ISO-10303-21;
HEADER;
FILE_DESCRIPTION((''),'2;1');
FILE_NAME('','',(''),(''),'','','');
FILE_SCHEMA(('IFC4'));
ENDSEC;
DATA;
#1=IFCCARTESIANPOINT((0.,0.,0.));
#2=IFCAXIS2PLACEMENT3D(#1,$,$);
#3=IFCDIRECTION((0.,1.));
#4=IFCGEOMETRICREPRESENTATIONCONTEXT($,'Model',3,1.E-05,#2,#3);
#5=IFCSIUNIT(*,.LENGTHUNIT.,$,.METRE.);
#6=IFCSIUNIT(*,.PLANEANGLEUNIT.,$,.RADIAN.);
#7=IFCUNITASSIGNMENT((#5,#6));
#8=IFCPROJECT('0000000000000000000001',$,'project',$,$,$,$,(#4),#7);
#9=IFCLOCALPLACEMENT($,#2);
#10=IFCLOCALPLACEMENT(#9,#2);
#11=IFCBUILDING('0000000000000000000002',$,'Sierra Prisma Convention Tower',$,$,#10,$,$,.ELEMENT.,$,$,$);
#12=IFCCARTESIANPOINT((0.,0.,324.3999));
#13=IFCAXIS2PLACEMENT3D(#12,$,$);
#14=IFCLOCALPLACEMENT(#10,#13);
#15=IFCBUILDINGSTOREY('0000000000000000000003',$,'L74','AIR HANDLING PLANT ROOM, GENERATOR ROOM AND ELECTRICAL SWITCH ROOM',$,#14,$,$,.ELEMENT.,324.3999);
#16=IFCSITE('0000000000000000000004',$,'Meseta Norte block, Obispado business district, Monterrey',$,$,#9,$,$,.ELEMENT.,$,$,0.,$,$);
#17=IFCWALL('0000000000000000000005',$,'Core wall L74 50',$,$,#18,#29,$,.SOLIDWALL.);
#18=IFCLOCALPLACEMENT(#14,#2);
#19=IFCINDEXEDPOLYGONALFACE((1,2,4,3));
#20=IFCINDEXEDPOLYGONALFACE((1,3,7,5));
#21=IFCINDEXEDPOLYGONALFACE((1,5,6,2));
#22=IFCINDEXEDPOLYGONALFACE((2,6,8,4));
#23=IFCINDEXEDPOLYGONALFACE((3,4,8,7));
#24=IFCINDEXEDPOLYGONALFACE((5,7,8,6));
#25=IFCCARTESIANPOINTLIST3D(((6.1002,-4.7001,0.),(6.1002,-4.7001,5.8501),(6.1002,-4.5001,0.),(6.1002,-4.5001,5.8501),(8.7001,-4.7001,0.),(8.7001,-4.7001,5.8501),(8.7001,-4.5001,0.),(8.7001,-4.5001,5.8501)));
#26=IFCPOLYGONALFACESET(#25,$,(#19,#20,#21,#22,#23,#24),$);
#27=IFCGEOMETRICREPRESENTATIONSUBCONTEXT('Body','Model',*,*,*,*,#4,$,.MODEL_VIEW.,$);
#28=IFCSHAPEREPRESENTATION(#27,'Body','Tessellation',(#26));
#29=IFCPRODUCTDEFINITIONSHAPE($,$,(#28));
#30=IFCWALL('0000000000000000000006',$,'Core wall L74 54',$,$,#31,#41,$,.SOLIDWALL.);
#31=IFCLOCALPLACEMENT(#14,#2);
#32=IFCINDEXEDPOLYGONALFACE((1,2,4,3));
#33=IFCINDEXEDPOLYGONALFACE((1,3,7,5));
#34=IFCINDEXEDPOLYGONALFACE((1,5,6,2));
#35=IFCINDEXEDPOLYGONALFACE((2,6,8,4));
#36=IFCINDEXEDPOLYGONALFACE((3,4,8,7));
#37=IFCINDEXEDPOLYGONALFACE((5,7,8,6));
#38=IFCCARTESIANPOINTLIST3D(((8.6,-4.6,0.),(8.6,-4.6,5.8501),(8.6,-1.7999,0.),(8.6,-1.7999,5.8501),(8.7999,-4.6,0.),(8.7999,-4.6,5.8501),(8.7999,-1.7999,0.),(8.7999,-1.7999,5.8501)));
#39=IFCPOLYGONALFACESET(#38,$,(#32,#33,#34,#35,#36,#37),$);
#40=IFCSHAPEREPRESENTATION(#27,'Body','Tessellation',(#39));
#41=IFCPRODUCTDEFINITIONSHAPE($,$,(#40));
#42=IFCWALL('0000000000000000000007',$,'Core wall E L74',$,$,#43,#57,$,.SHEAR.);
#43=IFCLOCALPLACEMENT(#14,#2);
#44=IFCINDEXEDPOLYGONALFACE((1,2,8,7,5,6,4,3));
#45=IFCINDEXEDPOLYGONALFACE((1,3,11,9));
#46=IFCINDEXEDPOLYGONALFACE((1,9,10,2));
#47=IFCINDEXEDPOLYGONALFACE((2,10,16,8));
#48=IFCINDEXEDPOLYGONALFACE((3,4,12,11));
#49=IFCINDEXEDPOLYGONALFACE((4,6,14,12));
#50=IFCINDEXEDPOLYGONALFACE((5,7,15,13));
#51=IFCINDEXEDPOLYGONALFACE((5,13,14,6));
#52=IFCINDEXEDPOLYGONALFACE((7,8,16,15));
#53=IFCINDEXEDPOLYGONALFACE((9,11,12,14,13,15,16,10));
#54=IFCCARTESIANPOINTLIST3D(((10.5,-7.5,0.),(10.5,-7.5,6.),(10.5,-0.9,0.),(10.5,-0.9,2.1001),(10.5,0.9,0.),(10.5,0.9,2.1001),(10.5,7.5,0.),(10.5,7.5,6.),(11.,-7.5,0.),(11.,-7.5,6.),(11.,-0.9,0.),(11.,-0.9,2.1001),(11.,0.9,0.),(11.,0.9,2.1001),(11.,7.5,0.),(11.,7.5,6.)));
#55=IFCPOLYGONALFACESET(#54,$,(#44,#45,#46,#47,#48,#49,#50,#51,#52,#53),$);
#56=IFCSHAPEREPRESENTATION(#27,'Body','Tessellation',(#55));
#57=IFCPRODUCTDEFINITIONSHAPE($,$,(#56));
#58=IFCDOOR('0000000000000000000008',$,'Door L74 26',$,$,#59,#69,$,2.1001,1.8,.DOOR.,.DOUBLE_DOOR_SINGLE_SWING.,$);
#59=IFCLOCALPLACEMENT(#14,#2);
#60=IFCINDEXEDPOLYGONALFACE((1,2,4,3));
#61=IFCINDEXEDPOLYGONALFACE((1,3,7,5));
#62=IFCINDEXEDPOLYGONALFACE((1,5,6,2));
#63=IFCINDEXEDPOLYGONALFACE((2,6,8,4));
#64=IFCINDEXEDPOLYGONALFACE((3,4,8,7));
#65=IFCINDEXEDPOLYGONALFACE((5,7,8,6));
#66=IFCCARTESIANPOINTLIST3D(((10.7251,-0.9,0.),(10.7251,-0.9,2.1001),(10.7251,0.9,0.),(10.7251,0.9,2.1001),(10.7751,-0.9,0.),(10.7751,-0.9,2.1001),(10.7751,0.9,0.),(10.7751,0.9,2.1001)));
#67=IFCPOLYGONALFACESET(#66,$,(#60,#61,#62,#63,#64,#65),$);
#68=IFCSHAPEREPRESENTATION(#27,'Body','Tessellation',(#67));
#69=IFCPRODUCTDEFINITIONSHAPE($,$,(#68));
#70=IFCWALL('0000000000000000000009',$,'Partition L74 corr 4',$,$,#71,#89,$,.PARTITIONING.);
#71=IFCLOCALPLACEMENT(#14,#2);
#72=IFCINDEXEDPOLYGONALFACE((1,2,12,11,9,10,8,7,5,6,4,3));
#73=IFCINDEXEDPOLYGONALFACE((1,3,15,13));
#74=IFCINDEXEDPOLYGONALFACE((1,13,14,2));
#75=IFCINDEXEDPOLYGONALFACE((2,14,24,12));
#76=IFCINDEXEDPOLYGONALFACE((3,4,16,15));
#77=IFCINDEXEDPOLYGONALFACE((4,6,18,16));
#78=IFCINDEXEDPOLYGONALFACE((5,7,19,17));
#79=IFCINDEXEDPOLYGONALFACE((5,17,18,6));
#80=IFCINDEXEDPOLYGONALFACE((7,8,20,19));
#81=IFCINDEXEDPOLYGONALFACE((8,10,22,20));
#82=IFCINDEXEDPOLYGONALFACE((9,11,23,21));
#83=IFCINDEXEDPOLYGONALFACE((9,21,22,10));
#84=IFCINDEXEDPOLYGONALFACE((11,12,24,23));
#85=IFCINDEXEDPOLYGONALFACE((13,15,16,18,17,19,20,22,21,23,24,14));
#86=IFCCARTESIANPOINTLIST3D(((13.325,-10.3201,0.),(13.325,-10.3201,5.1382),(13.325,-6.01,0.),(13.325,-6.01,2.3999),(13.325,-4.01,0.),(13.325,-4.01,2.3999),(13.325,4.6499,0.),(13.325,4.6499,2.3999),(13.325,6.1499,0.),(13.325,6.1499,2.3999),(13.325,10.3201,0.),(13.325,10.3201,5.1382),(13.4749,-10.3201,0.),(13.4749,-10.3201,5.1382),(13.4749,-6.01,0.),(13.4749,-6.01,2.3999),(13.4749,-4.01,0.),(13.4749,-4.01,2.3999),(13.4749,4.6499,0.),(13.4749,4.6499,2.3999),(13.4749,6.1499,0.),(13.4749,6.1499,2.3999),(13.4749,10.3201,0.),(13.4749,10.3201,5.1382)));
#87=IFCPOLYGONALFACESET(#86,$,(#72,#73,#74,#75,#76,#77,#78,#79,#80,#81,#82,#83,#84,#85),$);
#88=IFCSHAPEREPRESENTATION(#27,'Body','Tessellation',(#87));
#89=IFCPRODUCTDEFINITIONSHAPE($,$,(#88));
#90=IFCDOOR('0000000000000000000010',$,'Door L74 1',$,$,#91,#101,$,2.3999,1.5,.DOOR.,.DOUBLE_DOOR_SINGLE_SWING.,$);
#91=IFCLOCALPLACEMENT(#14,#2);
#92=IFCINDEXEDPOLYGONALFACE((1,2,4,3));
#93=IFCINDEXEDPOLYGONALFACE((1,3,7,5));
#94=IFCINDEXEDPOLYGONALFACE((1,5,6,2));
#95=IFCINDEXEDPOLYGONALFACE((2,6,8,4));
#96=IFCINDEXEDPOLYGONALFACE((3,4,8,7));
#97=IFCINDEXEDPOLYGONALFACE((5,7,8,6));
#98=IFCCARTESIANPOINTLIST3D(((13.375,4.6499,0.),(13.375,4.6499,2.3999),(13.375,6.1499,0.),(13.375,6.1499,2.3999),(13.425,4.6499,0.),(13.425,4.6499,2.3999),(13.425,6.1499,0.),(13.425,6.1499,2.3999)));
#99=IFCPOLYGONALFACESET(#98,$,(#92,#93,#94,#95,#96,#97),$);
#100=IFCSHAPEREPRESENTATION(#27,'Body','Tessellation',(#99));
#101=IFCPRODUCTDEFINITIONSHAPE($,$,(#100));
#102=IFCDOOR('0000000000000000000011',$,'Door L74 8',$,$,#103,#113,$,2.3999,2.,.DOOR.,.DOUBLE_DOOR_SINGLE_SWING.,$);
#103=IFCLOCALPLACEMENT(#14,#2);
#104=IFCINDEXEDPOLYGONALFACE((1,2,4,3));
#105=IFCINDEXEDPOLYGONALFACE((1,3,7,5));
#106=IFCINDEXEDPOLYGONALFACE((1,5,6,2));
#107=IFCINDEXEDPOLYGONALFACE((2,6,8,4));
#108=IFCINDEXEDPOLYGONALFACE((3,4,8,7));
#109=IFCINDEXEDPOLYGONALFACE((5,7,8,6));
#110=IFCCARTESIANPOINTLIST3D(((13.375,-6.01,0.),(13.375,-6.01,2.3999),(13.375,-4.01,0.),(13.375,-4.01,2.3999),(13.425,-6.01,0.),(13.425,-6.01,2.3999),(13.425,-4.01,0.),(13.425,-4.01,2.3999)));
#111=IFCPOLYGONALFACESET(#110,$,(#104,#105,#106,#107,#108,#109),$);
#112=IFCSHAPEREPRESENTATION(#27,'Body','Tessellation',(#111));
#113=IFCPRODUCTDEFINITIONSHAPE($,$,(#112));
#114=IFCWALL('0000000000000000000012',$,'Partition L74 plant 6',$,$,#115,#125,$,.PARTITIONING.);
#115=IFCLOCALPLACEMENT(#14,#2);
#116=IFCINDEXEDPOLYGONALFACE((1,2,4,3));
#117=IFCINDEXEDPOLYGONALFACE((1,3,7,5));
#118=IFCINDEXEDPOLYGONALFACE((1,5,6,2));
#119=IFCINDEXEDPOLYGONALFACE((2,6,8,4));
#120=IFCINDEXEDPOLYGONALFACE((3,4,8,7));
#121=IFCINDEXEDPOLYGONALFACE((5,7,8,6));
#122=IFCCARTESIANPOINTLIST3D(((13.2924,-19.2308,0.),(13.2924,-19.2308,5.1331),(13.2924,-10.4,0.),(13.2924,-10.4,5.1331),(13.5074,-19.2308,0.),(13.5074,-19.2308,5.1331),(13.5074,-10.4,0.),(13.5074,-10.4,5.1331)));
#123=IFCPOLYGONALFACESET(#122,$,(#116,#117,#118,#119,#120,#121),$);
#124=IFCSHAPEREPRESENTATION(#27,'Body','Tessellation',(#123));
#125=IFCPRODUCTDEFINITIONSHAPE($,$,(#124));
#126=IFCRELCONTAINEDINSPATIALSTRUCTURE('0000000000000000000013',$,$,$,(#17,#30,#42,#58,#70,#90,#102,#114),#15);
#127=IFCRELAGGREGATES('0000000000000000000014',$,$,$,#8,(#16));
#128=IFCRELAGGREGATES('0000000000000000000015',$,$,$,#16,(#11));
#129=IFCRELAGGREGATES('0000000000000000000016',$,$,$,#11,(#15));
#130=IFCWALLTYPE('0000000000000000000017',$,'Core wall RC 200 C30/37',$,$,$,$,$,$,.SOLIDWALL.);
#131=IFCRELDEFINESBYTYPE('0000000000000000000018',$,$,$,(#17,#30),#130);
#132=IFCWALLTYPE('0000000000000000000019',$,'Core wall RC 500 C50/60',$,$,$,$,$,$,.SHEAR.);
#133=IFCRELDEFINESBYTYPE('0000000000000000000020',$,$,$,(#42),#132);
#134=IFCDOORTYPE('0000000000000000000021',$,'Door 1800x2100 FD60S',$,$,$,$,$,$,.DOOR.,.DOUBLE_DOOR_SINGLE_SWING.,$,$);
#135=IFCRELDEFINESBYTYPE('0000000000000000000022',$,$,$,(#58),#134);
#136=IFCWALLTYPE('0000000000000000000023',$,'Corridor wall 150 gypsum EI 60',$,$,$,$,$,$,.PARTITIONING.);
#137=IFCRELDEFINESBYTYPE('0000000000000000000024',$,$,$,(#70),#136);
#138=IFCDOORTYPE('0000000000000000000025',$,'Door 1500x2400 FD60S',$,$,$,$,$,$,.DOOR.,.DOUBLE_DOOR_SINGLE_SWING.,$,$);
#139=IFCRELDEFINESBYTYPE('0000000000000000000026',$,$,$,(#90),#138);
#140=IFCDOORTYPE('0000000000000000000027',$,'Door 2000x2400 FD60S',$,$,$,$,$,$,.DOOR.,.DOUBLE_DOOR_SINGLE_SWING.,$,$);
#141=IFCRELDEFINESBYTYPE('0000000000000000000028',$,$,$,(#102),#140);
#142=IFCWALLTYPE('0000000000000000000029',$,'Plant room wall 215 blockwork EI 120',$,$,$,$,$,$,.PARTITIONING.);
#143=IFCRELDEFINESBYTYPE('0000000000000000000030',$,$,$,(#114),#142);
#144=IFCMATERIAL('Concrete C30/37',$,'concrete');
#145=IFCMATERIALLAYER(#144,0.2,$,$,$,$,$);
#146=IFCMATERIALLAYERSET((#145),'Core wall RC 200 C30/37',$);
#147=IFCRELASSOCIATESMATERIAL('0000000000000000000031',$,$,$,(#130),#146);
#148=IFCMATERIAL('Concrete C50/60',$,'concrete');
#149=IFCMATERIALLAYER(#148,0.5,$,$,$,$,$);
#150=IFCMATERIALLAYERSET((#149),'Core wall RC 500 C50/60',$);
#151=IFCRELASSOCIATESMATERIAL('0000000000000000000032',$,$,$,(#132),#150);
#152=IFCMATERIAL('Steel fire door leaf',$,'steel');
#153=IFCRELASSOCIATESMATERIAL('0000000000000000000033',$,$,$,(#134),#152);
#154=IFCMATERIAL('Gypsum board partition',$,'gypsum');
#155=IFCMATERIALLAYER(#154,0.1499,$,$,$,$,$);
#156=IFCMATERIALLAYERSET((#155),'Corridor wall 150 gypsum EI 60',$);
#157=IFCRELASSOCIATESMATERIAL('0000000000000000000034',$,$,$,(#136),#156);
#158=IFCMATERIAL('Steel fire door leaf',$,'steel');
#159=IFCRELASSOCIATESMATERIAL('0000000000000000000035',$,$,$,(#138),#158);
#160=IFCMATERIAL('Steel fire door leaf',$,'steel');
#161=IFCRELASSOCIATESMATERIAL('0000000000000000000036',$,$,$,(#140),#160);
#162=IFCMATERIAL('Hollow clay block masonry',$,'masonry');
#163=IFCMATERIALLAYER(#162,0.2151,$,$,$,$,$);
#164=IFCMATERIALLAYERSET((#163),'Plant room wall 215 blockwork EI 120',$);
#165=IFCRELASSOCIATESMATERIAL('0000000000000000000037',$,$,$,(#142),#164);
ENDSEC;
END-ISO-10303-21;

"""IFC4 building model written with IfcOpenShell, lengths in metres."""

from ifc_helpers import new_model, si_unit, direction, frame, frame_2d, origin, place, context, subcontext, project, spatial, rectangle, extrude, material, layer, layer_set, type_object, element, fill, save


model = new_model("IFC4")

# Units and contexts
model_context = context("Model", 3, precision=1e-05, world=origin(), true_north=direction((0.0, 1.0)))
body_context = subcontext(model_context, "Body", "Model", "MODEL_VIEW")
ifc_project = project(units=[si_unit("LENGTHUNIT", "METRE"), si_unit("PLANEANGLEUNIT", "RADIAN")], contexts=[model_context])

# Site, building, storey
site_placement = place(None, origin())
site = spatial("IfcSite", under=ifc_project, at=site_placement, Name="Meseta Norte block, Obispado business district, Monterrey", CompositionType="ELEMENT", RefElevation=0.0)
building_placement = place(site_placement, origin())
building = spatial("IfcBuilding", under=site, at=building_placement, Name="Sierra Prisma Convention Tower", CompositionType="ELEMENT")
storey_placement = place(building_placement, frame((0.0, 0.0, 324.3999)))
storey = spatial("IfcBuildingStorey", under=building, at=storey_placement, Name="L74", Description="AIR HANDLING PLANT ROOM, GENERATOR ROOM AND ELECTRICAL SWITCH ROOM", CompositionType="ELEMENT", Elevation=324.3999)

# Wall
ifc_material_1 = material(Name="Concrete C30/37", Category="concrete")
ifc_layer_1 = layer(ifc_material_1, 0.2)
ifc_layer_set_1 = layer_set([ifc_layer_1], Name="Core wall RC 200 C30/37")
wall_type_1 = type_object("IfcWallType", Name="Core wall RC 200 C30/37", PredefinedType="SOLIDWALL", material=ifc_layer_set_1)
wall_1_placement = place(storey_placement, frame((8.7, -4.6001, 0.0), z_axis=(0.0, 0.0, 1.0), x_axis=(-1.0, 0.0, 0.0)))
element("IfcWall", 1, at=wall_1_placement, inside=storey, type_object=wall_type_1, Name="Core wall L74 50", PredefinedType="SOLIDWALL", context=body_context, shape_type="SweptSolid", body=[
    extrude(rectangle(XDim=2.5999, YDim=0.2, at=frame_2d((1.2998, 0.0))), origin(), (0.0, 0.0, 1.0), 5.8501),
])

# Wall
wall_2_placement = place(storey_placement, frame((8.7, -1.8, 0.0), z_axis=(0.0, 0.0, 1.0), x_axis=(0.0, -1.0, 0.0)))
element("IfcWall", 2, at=wall_2_placement, inside=storey, type_object=wall_type_1, Name="Core wall L74 54", PredefinedType="SOLIDWALL", context=body_context, shape_type="SweptSolid", body=[
    extrude(rectangle(XDim=2.8, YDim=0.2, at=frame_2d((1.3999, 0.0))), origin(), (0.0, 0.0, 1.0), 5.8501),
])

# Wall, opening, door
ifc_material_2 = material(Name="Concrete C50/60", Category="concrete")
ifc_layer_2 = layer(ifc_material_2, 0.5)
ifc_layer_set_2 = layer_set([ifc_layer_2], Name="Core wall RC 500 C50/60")
wall_type_2 = type_object("IfcWallType", Name="Core wall RC 500 C50/60", PredefinedType="SHEAR", material=ifc_layer_set_2)
wall_3_placement = place(storey_placement, frame((10.75, -7.5, 0.0), z_axis=(0.0, 0.0, 1.0), x_axis=(0.0, 1.0, 0.0)))
wall_3 = element("IfcWall", 3, at=wall_3_placement, inside=storey, type_object=wall_type_2, Name="Core wall E L74", PredefinedType="SHEAR", context=body_context, shape_type="SweptSolid", body=[
    extrude(rectangle(XDim=15.0, YDim=0.5, at=frame_2d((7.5, 0.0))), origin(), (0.0, 0.0, 1.0), 6.0),
])
opening_1_placement = place(wall_3_placement, frame((6.6001, 0.0, 0.0)))
opening_1 = element("IfcOpeningElement", 4, at=opening_1_placement, cuts=wall_3, PredefinedType="OPENING", context=body_context, shape_type="SweptSolid", body=[
    extrude(rectangle(XDim=1.8, YDim=2.1001, at=frame_2d((0.8999, 1.05))), frame((0.0, 0.25, 0.0), z_axis=(0.0, -1.0, 0.0), x_axis=(1.0, 0.0, 0.0)), (0.0, 0.0, 1.0), 0.5),
])
ifc_material_3 = material(Name="Steel fire door leaf", Category="steel")
door_type_1 = type_object("IfcDoorType", Name="Door 1800x2100 FD60S", OperationType="DOUBLE_DOOR_SINGLE_SWING", PredefinedType="DOOR", material=ifc_material_3)
door_1_placement = place(opening_1_placement, origin())
door_1 = element("IfcDoor", 5, at=door_1_placement, inside=storey, type_object=door_type_1, Name="Door L74 26", OperationType="DOUBLE_DOOR_SINGLE_SWING", OverallHeight=2.1001, OverallWidth=1.8, PredefinedType="DOOR", context=body_context, shape_type="SweptSolid", body=[
    extrude(rectangle(XDim=1.8, YDim=2.1001, at=frame_2d((0.8999, 1.05))), frame((0.0, 0.0249, 0.0), z_axis=(0.0, -1.0, 0.0), x_axis=(1.0, 0.0, 0.0)), (0.0, 0.0, 1.0), 0.05),
])
fill(opening_1, door_1)

# Wall, openings, doors
ifc_material_4 = material(Name="Gypsum board partition", Category="gypsum")
ifc_layer_3 = layer(ifc_material_4, 0.1499)
ifc_layer_set_3 = layer_set([ifc_layer_3], Name="Corridor wall 150 gypsum EI 60")
wall_type_3 = type_object("IfcWallType", Name="Corridor wall 150 gypsum EI 60", PredefinedType="PARTITIONING", material=ifc_layer_set_3)
wall_4_placement = place(storey_placement, frame((13.3999, -10.3201, 0.0), z_axis=(0.0, 0.0, 1.0), x_axis=(0.0, 1.0, 0.0)))
wall_4 = element("IfcWall", 6, at=wall_4_placement, inside=storey, type_object=wall_type_3, Name="Partition L74 corr 4", PredefinedType="PARTITIONING", context=body_context, shape_type="SweptSolid", body=[
    extrude(rectangle(XDim=20.6401, YDim=0.1499, at=frame_2d((10.3201, 0.0))), origin(), (0.0, 0.0, 1.0), 5.1382),
])
opening_2_placement = place(wall_4_placement, frame((14.97, 0.0, 0.0)))
opening_2 = element("IfcOpeningElement", 7, at=opening_2_placement, cuts=wall_4, PredefinedType="OPENING", context=body_context, shape_type="SweptSolid", body=[
    extrude(rectangle(XDim=1.5, YDim=2.3999, at=frame_2d((0.75, 1.2))), frame((0.0, 0.075, 0.0), z_axis=(0.0, -1.0, 0.0), x_axis=(1.0, 0.0, 0.0)), (0.0, 0.0, 1.0), 0.1499),
])
opening_3_placement = place(wall_4_placement, frame((4.3101, 0.0, 0.0)))
opening_3 = element("IfcOpeningElement", 8, at=opening_3_placement, cuts=wall_4, PredefinedType="OPENING", context=body_context, shape_type="SweptSolid", body=[
    extrude(rectangle(XDim=2.0, YDim=2.3999, at=frame_2d((1.0, 1.2))), frame((0.0, 0.075, 0.0), z_axis=(0.0, -1.0, 0.0), x_axis=(1.0, 0.0, 0.0)), (0.0, 0.0, 1.0), 0.1499),
])
ifc_material_5 = material(Name="Steel fire door leaf", Category="steel")
door_type_2 = type_object("IfcDoorType", Name="Door 1500x2400 FD60S", OperationType="DOUBLE_DOOR_SINGLE_SWING", PredefinedType="DOOR", material=ifc_material_5)
door_2_placement = place(opening_2_placement, origin())
door_2 = element("IfcDoor", 9, at=door_2_placement, inside=storey, type_object=door_type_2, Name="Door L74 1", OperationType="DOUBLE_DOOR_SINGLE_SWING", OverallHeight=2.3999, OverallWidth=1.5, PredefinedType="DOOR", context=body_context, shape_type="SweptSolid", body=[
    extrude(rectangle(XDim=1.5, YDim=2.3999, at=frame_2d((0.75, 1.2))), frame((0.0, 0.0249, 0.0), z_axis=(0.0, -1.0, 0.0), x_axis=(1.0, 0.0, 0.0)), (0.0, 0.0, 1.0), 0.05),
])
fill(opening_2, door_2)
ifc_material_6 = material(Name="Steel fire door leaf", Category="steel")
door_type_3 = type_object("IfcDoorType", Name="Door 2000x2400 FD60S", OperationType="DOUBLE_DOOR_SINGLE_SWING", PredefinedType="DOOR", material=ifc_material_6)
door_3_placement = place(opening_3_placement, origin())
door_3 = element("IfcDoor", 10, at=door_3_placement, inside=storey, type_object=door_type_3, Name="Door L74 8", OperationType="DOUBLE_DOOR_SINGLE_SWING", OverallHeight=2.3999, OverallWidth=2.0, PredefinedType="DOOR", context=body_context, shape_type="SweptSolid", body=[
    extrude(rectangle(XDim=2.0, YDim=2.3999, at=frame_2d((1.0, 1.2))), frame((0.0, 0.0249, 0.0), z_axis=(0.0, -1.0, 0.0), x_axis=(1.0, 0.0, 0.0)), (0.0, 0.0, 1.0), 0.05),
])
fill(opening_3, door_3)

# Wall
ifc_material_7 = material(Name="Hollow clay block masonry", Category="masonry")
ifc_layer_4 = layer(ifc_material_7, 0.2151)
ifc_layer_set_4 = layer_set([ifc_layer_4], Name="Plant room wall 215 blockwork EI 120")
wall_type_4 = type_object("IfcWallType", Name="Plant room wall 215 blockwork EI 120", PredefinedType="PARTITIONING", material=ifc_layer_set_4)
wall_5_placement = place(storey_placement, frame((13.3999, -10.3999, 0.0), z_axis=(0.0, 0.0, 1.0), x_axis=(0.0, -1.0, 0.0)))
element("IfcWall", 11, at=wall_5_placement, inside=storey, type_object=wall_type_4, Name="Partition L74 plant 6", PredefinedType="PARTITIONING", context=body_context, shape_type="SweptSolid", body=[
    extrude(rectangle(XDim=8.8308, YDim=0.2151, at=frame_2d((4.4155, 0.0))), origin(), (0.0, 0.0, 1.0), 5.1331),
])

save(model, "model.ifc")
